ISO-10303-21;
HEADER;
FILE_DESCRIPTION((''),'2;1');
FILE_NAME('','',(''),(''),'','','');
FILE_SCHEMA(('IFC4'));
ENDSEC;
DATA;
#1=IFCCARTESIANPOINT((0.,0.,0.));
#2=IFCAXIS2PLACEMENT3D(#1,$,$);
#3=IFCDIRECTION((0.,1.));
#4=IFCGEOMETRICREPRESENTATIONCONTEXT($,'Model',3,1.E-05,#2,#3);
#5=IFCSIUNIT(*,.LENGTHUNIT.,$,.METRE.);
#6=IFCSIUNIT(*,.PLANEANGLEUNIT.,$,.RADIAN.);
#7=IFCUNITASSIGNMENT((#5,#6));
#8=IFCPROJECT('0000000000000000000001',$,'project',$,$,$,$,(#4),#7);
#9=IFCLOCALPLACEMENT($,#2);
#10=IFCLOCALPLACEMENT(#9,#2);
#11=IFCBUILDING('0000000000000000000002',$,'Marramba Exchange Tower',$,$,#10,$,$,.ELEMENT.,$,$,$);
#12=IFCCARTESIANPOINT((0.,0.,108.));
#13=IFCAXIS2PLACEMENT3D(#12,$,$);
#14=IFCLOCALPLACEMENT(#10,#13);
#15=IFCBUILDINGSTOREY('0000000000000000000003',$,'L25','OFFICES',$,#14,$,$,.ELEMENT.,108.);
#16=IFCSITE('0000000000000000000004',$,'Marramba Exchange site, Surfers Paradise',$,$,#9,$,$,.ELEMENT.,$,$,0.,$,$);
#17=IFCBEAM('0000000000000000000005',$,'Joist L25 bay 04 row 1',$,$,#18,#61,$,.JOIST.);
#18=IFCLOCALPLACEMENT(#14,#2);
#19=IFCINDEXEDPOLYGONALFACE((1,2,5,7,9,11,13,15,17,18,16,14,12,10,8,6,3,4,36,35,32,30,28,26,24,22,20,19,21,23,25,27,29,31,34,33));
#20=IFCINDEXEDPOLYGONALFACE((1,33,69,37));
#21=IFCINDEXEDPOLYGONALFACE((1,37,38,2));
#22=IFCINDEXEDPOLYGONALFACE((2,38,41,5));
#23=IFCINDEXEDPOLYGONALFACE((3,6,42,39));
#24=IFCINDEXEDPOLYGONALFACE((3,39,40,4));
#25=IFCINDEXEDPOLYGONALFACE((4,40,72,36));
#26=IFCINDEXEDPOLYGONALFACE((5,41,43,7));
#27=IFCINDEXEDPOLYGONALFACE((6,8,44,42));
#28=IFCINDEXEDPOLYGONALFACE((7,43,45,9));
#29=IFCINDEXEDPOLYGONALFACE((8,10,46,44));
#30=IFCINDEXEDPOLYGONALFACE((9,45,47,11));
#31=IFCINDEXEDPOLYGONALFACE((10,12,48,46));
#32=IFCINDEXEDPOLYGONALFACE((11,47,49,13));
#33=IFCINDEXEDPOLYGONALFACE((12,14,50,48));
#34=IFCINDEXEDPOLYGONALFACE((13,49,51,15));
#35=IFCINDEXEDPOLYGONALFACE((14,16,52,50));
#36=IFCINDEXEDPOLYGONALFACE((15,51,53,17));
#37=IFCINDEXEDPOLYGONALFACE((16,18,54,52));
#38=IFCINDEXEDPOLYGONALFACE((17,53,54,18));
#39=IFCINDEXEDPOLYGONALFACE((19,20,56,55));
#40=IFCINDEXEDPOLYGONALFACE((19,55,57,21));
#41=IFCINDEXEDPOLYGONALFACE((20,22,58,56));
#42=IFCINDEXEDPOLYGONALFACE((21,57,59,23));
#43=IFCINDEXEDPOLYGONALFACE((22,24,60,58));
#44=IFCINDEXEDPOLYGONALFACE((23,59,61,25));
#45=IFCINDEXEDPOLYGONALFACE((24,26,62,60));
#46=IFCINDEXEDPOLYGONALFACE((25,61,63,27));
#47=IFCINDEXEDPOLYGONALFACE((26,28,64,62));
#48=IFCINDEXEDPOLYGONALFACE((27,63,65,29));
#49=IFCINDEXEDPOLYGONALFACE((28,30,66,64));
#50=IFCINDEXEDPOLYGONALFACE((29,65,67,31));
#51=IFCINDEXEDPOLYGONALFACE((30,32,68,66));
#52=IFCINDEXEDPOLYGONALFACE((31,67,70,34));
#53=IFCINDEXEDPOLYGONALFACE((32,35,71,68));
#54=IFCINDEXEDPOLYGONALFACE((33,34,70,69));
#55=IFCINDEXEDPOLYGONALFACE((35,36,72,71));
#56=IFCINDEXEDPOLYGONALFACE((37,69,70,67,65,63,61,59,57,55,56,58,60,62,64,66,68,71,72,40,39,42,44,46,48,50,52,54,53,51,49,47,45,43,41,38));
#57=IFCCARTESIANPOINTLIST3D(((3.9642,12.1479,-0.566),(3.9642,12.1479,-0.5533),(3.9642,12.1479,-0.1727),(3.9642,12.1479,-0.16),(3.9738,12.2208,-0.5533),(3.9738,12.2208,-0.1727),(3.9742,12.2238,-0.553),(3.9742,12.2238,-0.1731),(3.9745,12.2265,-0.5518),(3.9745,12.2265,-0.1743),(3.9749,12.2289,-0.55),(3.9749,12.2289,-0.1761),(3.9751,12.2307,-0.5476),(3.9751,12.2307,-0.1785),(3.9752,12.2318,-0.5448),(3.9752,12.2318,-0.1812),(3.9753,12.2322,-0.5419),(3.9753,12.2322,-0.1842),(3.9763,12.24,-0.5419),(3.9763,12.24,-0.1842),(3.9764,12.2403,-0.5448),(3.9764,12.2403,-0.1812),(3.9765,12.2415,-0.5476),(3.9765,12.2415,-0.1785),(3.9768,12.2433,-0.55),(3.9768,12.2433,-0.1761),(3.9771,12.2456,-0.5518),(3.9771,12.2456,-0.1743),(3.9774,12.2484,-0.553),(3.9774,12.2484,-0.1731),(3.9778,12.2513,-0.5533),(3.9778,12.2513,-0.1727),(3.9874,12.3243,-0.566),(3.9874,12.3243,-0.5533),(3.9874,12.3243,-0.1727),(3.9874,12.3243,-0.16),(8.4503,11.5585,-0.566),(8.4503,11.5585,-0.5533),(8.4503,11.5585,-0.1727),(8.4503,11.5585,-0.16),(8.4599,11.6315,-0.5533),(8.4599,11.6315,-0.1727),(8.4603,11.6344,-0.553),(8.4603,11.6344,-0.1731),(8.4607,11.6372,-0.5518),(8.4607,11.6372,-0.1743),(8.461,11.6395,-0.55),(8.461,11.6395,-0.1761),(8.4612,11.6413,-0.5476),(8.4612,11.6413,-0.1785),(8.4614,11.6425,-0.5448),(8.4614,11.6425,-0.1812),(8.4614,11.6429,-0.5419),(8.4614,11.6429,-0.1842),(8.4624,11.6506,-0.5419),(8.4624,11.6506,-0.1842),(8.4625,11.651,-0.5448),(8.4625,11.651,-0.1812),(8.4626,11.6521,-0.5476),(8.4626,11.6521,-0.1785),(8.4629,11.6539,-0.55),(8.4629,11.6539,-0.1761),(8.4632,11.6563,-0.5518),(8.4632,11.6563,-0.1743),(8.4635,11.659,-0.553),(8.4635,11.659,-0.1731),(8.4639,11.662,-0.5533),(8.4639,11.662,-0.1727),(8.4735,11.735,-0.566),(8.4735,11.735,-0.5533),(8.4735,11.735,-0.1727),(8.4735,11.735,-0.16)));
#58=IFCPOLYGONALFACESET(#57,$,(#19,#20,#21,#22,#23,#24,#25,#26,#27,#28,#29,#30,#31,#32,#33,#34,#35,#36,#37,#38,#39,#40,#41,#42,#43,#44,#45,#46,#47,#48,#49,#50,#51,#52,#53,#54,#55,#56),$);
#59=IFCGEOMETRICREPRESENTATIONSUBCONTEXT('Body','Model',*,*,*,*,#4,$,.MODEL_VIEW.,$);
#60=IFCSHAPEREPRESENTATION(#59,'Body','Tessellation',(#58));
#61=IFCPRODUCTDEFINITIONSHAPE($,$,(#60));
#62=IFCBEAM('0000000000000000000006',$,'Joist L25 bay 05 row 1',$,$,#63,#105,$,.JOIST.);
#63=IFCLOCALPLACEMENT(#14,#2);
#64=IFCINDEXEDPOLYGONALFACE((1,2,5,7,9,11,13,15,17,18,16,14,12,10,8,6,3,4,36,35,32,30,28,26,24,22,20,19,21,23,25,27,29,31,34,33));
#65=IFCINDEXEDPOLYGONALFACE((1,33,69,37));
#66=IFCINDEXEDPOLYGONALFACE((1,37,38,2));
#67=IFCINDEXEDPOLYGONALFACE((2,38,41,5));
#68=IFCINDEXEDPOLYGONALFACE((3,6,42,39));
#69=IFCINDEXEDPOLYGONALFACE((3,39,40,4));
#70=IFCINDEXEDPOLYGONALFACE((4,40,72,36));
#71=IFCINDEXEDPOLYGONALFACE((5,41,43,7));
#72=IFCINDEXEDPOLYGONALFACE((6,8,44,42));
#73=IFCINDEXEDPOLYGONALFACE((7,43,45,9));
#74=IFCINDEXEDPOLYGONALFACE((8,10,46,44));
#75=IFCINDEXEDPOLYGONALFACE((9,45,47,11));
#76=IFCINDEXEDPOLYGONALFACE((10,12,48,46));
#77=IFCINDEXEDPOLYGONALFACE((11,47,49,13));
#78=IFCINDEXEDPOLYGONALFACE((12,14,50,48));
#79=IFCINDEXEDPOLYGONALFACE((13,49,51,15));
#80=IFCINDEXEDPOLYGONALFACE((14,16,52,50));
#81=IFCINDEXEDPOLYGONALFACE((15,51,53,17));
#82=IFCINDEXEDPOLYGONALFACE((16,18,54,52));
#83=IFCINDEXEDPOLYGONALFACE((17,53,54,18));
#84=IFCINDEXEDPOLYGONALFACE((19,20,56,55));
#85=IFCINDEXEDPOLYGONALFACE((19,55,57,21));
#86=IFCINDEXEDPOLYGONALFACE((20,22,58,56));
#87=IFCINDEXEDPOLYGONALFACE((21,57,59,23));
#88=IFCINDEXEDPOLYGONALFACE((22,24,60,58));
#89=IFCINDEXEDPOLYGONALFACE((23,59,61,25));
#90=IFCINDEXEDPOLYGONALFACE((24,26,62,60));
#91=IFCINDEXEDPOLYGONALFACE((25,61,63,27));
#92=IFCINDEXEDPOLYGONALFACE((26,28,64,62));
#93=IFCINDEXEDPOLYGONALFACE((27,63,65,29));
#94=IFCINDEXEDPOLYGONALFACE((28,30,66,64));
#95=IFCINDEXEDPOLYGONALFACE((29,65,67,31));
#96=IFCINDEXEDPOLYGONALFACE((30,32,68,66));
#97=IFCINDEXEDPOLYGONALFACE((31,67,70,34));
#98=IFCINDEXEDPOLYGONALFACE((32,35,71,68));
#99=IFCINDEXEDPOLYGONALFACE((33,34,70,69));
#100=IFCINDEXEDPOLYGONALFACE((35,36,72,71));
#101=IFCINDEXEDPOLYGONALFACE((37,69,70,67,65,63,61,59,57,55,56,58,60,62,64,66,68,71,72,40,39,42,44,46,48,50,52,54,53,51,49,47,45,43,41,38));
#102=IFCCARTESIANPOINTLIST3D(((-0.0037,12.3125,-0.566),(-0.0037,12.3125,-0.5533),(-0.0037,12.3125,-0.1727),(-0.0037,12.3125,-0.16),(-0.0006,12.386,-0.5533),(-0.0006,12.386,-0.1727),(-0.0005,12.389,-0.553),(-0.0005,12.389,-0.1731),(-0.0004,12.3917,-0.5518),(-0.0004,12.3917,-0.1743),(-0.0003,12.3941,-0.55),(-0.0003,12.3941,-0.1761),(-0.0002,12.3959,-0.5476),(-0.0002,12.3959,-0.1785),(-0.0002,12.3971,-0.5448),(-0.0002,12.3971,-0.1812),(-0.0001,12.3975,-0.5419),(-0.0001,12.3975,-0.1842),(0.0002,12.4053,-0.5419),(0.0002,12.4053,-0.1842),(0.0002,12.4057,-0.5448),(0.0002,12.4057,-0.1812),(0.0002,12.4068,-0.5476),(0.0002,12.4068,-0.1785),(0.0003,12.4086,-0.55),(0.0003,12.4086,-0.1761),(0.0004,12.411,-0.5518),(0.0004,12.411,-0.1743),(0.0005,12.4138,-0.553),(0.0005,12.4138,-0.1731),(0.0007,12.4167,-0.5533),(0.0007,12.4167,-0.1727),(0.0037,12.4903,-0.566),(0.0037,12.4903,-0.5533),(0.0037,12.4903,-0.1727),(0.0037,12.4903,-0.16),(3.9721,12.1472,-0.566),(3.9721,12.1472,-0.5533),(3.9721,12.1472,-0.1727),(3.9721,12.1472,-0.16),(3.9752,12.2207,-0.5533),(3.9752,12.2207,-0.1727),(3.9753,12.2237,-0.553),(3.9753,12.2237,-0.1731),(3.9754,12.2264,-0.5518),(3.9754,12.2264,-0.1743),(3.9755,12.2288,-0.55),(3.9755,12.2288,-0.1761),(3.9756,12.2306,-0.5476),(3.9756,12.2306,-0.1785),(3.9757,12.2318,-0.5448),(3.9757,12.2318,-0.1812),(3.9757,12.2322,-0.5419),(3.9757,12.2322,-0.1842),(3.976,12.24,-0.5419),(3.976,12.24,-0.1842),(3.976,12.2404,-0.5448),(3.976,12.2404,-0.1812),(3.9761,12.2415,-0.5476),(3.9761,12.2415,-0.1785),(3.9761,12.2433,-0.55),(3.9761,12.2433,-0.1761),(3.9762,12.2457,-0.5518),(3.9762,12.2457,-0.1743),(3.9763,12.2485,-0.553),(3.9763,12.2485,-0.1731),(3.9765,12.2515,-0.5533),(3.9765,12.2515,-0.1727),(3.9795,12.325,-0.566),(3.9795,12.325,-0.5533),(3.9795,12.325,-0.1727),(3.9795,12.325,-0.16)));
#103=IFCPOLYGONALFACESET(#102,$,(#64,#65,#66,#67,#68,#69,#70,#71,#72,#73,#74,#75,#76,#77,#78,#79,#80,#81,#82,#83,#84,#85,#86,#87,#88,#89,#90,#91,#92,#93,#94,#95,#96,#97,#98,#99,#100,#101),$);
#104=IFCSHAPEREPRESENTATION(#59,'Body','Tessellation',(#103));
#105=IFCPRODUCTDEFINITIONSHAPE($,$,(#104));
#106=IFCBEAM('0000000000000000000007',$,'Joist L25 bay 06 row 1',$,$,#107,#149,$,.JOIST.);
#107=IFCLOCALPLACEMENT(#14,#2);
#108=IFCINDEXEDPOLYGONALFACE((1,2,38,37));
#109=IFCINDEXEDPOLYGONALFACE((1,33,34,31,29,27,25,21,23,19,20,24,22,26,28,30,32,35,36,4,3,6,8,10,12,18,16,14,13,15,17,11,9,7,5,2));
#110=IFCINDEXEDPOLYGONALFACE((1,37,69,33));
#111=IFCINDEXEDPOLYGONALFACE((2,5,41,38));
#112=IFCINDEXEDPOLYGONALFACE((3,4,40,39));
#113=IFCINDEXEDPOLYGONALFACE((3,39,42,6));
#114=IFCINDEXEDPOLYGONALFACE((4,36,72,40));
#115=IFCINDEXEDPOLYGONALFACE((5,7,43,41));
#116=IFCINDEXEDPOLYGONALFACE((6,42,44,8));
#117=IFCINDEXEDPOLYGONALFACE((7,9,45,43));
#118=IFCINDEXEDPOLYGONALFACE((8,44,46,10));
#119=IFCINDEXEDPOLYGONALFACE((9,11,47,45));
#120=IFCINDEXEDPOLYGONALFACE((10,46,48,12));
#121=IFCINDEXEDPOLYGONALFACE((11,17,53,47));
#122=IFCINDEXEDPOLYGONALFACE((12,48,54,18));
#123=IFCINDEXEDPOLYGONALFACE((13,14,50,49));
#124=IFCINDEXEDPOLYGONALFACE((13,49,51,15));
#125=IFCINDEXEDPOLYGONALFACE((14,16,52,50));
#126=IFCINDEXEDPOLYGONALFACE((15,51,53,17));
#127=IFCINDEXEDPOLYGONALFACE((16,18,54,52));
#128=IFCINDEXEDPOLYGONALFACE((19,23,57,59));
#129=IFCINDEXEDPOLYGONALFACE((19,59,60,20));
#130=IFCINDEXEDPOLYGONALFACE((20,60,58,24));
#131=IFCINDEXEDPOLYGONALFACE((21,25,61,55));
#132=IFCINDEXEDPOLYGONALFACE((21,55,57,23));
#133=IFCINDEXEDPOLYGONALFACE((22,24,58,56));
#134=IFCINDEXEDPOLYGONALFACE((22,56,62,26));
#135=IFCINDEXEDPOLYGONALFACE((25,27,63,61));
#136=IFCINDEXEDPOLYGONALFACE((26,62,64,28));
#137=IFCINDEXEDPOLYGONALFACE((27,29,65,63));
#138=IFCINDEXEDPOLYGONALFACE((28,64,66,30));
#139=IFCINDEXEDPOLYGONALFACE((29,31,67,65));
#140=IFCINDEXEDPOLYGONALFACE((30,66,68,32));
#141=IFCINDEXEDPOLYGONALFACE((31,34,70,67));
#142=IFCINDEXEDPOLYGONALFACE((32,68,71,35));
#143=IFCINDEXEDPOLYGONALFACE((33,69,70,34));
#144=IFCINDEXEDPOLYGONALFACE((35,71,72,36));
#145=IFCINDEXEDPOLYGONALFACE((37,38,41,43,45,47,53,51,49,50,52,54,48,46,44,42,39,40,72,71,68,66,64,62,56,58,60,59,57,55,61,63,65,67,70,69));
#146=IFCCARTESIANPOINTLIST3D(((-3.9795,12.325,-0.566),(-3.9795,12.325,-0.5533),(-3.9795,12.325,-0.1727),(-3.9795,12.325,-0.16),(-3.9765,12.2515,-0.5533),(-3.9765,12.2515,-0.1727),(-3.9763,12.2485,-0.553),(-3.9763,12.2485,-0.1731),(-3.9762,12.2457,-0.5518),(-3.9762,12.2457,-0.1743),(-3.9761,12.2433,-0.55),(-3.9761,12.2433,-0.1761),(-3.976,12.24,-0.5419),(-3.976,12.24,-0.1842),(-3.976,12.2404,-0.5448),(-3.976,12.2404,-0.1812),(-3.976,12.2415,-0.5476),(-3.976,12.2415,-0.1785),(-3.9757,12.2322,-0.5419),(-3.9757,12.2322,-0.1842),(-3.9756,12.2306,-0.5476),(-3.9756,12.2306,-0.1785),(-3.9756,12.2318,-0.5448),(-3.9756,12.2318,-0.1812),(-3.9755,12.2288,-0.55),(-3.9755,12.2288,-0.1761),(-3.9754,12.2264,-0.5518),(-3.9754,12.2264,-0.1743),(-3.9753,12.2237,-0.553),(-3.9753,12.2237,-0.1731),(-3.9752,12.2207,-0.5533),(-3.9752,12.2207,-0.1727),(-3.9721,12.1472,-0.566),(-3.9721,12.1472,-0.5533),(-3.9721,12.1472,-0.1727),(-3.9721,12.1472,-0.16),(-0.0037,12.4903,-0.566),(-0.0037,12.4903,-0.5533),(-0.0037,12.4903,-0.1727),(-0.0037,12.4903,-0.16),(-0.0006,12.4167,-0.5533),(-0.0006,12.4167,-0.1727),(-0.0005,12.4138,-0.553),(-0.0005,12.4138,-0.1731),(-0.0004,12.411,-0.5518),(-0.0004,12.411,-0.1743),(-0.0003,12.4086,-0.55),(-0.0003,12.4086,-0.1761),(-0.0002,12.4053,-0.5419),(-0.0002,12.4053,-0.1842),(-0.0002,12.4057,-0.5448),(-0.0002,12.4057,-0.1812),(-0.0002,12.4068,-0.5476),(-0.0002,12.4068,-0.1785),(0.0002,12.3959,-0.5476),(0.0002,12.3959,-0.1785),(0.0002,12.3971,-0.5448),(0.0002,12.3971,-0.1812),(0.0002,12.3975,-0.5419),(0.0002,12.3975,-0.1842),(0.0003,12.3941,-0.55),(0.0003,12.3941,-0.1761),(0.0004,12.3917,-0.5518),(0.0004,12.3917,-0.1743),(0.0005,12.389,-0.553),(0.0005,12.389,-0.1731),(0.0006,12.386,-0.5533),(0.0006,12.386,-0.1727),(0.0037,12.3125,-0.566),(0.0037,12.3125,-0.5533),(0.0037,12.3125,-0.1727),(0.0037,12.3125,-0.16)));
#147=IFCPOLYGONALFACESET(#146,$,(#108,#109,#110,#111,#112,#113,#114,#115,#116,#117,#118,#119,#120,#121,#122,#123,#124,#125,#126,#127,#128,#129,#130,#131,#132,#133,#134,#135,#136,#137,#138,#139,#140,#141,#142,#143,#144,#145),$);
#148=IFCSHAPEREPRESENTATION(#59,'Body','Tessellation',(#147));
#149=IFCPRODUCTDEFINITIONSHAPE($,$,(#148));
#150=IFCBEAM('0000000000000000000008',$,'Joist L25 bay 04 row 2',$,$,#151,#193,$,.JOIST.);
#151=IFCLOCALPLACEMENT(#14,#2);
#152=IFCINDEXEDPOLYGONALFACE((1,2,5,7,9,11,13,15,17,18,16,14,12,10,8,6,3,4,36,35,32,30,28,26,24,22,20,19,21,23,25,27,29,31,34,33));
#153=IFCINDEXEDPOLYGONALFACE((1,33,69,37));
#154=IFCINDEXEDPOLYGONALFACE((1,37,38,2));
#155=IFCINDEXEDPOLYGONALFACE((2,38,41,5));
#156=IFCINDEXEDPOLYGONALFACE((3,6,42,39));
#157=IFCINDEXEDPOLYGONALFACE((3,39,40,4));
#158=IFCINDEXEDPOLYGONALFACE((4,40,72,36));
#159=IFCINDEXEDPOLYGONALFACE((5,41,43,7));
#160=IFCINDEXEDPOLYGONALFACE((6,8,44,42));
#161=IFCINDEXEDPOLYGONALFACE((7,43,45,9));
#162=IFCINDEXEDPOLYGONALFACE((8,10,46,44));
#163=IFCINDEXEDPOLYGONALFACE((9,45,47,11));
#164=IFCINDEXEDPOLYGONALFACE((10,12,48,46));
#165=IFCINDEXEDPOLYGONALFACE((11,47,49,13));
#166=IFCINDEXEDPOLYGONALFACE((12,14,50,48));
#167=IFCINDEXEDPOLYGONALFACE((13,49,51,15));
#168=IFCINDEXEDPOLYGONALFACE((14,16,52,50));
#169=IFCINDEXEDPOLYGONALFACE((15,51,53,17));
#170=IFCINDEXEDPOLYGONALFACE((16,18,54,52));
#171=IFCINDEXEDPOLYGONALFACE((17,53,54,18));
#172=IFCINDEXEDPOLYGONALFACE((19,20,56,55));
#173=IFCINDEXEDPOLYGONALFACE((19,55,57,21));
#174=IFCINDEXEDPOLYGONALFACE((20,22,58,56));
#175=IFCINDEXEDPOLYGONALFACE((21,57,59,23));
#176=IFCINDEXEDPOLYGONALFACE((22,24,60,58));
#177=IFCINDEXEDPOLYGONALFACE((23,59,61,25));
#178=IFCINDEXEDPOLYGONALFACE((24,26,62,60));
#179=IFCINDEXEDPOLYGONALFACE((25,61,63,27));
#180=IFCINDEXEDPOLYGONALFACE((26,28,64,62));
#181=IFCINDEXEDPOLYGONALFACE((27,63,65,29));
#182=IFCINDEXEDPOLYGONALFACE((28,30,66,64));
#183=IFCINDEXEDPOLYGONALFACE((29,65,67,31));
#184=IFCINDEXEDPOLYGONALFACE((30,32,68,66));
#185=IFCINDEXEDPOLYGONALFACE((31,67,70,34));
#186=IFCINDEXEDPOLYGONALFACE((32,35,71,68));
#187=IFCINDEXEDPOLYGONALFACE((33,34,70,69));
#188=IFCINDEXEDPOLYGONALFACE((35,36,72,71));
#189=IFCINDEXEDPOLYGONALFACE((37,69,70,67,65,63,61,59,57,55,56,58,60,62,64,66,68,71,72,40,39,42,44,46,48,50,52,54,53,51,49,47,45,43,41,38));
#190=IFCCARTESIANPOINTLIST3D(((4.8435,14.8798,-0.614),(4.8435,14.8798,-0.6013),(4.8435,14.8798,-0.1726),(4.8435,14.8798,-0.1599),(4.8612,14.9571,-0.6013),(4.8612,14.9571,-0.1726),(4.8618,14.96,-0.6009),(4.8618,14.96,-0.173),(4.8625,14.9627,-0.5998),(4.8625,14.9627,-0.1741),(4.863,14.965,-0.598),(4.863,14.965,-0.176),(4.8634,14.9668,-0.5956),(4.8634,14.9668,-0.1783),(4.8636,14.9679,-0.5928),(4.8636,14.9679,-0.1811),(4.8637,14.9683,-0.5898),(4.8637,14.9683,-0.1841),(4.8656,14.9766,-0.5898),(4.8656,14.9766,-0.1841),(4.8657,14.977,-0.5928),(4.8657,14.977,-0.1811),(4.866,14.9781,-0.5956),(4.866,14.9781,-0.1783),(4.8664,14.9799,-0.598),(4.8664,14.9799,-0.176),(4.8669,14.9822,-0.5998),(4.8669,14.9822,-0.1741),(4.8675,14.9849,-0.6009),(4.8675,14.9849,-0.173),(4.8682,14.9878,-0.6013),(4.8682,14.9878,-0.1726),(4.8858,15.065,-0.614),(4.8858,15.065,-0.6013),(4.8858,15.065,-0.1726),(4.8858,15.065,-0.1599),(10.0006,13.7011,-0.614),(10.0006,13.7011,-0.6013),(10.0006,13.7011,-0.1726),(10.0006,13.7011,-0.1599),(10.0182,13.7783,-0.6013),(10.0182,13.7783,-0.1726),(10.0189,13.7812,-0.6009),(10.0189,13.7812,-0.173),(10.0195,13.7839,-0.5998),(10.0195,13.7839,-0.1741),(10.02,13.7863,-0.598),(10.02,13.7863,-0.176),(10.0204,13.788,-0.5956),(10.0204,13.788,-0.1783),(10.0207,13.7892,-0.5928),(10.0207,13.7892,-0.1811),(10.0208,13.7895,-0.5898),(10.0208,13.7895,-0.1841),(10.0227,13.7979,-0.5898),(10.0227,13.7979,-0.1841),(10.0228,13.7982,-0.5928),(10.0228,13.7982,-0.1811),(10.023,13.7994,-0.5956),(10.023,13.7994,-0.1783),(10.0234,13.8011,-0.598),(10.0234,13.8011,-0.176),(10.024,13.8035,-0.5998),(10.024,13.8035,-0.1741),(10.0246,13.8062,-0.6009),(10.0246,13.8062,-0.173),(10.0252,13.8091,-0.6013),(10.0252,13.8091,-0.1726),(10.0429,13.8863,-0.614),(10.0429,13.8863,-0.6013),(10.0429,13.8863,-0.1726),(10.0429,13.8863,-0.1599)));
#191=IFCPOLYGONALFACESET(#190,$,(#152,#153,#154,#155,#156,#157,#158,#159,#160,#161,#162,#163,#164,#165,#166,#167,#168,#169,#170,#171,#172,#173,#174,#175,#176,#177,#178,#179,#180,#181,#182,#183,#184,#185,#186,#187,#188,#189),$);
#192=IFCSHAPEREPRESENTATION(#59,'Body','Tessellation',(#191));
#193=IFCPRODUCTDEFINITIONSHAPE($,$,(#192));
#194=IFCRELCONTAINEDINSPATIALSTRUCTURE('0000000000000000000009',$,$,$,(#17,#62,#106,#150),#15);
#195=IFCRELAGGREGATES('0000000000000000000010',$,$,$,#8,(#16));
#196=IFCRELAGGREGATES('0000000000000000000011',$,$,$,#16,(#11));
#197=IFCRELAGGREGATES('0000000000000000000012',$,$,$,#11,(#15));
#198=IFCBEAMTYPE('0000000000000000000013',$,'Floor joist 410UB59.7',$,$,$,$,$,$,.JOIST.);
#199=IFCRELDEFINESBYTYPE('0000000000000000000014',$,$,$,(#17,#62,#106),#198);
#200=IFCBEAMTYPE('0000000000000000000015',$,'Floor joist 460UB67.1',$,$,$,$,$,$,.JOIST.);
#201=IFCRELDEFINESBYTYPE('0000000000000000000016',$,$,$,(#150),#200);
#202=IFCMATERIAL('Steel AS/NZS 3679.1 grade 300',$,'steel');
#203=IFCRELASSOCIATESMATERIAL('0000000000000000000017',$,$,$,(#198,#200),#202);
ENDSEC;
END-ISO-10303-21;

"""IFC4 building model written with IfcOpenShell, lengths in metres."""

from ifc_helpers import new_model, si_unit, direction, frame, origin, origin_2d, place, context, subcontext, project, spatial, i_section, extrude, material, material_profile, profile_set, type_object, element, save


model = new_model("IFC4")

# Units and contexts
model_context = context("Model", 3, precision=1e-05, world=origin(), true_north=direction((0.0, 1.0)))
body_context = subcontext(model_context, "Body", "Model", "MODEL_VIEW")
ifc_project = project(units=[si_unit("LENGTHUNIT", "METRE"), si_unit("PLANEANGLEUNIT", "RADIAN")], contexts=[model_context])

# Site, building, storey
site_placement = place(None, origin())
site = spatial("IfcSite", under=ifc_project, at=site_placement, Name="Marramba Exchange site, Surfers Paradise", CompositionType="ELEMENT", RefElevation=0.0)
building_placement = place(site_placement, origin())
building = spatial("IfcBuilding", under=site, at=building_placement, Name="Marramba Exchange Tower", CompositionType="ELEMENT")
storey_placement = place(building_placement, frame((0.0, 0.0, 108.0)))
storey = spatial("IfcBuildingStorey", under=building, at=storey_placement, Name="L25", Description="OFFICES", CompositionType="ELEMENT", Elevation=108.0)

# Beams
ifc_material_1 = material(Name="Steel AS/NZS 3679.1 grade 300", Category="steel")
ifc_material_profile_1 = material_profile(ifc_material_1, i_section(OverallWidth=0.178, OverallDepth=0.406, WebThickness=0.0078, FlangeThickness=0.0127, FilletRadius=0.0115, at=origin_2d()), Name="410UB59.7")
ifc_profile_set_1 = profile_set([ifc_material_profile_1], Name="Steel AS/NZS 3679.1 grade 300")
beam_type_1 = type_object("IfcBeamType", Name="Floor joist 410UB59.7", PredefinedType="JOIST", material=ifc_profile_set_1)
beam_1_placement = place(storey_placement, frame((8.4619, 11.6467, -0.363), z_axis=(-0.991481, 0.130255, 0.0), x_axis=(-0.130255, -0.991481, 0.0)))
element("IfcBeam", 1, at=beam_1_placement, inside=storey, type_object=beam_type_1, Name="Joist L25 bay 04 row 1", PredefinedType="JOIST", context=body_context, shape_type="SweptSolid", body=[
    extrude(i_section(OverallWidth=0.178, OverallDepth=0.406, WebThickness=0.0078, FlangeThickness=0.0127, FilletRadius=0.0115, at=origin_2d()), origin(), (0.0, 0.0, 1.0), 4.5247),
])
for number, where, z_axis, x_axis, name in (
    (2, (3.9758, 12.2361, -0.363), (-0.999137, 0.041536, 0.0), (-0.041536, -0.999137, 0.0), "Joist L25 bay 05 row 1"),
    (3, (0.0, 12.4014, -0.363), (-0.999137, -0.041536, 0.0), (0.041536, -0.999137, 0.0), "Joist L25 bay 06 row 1"),
):
    element("IfcBeam", number, at=place(storey_placement, frame(where, z_axis=z_axis, x_axis=x_axis)), inside=storey, type_object=beam_type_1, Name=name, PredefinedType="JOIST", context=body_context, shape_type="SweptSolid", body=[
        extrude(i_section(OverallWidth=0.178, OverallDepth=0.406, WebThickness=0.0078, FlangeThickness=0.0127, FilletRadius=0.0115, at=origin_2d()), origin(), (0.0, 0.0, 1.0), 3.9792),
    ])
ifc_material_profile_2 = material_profile(ifc_material_1, i_section(OverallWidth=0.1899, OverallDepth=0.4541, WebThickness=0.0085, FlangeThickness=0.0127, FilletRadius=0.0115, at=origin_2d()), Name="460UB67.1")
ifc_profile_set_2 = profile_set([ifc_material_profile_2], Name="Steel AS/NZS 3679.1 grade 300")
beam_type_2 = type_object("IfcBeamType", Name="Floor joist 460UB67.1", PredefinedType="JOIST", material=ifc_profile_set_2)
beam_2_placement = place(storey_placement, frame((10.0217, 13.7937, -0.387), z_axis=(-0.97486, 0.22282, 0.0), x_axis=(-0.22282, -0.97486, 0.0)))
element("IfcBeam", 4, at=beam_2_placement, inside=storey, type_object=beam_type_2, Name="Joist L25 bay 04 row 2", PredefinedType="JOIST", context=body_context, shape_type="SweptSolid", body=[
    extrude(i_section(OverallWidth=0.1899, OverallDepth=0.4541, WebThickness=0.0085, FlangeThickness=0.0127, FilletRadius=0.0115, at=origin_2d()), origin(), (0.0, 0.0, 1.0), 5.29),
])

save(model, "model.ifc")
